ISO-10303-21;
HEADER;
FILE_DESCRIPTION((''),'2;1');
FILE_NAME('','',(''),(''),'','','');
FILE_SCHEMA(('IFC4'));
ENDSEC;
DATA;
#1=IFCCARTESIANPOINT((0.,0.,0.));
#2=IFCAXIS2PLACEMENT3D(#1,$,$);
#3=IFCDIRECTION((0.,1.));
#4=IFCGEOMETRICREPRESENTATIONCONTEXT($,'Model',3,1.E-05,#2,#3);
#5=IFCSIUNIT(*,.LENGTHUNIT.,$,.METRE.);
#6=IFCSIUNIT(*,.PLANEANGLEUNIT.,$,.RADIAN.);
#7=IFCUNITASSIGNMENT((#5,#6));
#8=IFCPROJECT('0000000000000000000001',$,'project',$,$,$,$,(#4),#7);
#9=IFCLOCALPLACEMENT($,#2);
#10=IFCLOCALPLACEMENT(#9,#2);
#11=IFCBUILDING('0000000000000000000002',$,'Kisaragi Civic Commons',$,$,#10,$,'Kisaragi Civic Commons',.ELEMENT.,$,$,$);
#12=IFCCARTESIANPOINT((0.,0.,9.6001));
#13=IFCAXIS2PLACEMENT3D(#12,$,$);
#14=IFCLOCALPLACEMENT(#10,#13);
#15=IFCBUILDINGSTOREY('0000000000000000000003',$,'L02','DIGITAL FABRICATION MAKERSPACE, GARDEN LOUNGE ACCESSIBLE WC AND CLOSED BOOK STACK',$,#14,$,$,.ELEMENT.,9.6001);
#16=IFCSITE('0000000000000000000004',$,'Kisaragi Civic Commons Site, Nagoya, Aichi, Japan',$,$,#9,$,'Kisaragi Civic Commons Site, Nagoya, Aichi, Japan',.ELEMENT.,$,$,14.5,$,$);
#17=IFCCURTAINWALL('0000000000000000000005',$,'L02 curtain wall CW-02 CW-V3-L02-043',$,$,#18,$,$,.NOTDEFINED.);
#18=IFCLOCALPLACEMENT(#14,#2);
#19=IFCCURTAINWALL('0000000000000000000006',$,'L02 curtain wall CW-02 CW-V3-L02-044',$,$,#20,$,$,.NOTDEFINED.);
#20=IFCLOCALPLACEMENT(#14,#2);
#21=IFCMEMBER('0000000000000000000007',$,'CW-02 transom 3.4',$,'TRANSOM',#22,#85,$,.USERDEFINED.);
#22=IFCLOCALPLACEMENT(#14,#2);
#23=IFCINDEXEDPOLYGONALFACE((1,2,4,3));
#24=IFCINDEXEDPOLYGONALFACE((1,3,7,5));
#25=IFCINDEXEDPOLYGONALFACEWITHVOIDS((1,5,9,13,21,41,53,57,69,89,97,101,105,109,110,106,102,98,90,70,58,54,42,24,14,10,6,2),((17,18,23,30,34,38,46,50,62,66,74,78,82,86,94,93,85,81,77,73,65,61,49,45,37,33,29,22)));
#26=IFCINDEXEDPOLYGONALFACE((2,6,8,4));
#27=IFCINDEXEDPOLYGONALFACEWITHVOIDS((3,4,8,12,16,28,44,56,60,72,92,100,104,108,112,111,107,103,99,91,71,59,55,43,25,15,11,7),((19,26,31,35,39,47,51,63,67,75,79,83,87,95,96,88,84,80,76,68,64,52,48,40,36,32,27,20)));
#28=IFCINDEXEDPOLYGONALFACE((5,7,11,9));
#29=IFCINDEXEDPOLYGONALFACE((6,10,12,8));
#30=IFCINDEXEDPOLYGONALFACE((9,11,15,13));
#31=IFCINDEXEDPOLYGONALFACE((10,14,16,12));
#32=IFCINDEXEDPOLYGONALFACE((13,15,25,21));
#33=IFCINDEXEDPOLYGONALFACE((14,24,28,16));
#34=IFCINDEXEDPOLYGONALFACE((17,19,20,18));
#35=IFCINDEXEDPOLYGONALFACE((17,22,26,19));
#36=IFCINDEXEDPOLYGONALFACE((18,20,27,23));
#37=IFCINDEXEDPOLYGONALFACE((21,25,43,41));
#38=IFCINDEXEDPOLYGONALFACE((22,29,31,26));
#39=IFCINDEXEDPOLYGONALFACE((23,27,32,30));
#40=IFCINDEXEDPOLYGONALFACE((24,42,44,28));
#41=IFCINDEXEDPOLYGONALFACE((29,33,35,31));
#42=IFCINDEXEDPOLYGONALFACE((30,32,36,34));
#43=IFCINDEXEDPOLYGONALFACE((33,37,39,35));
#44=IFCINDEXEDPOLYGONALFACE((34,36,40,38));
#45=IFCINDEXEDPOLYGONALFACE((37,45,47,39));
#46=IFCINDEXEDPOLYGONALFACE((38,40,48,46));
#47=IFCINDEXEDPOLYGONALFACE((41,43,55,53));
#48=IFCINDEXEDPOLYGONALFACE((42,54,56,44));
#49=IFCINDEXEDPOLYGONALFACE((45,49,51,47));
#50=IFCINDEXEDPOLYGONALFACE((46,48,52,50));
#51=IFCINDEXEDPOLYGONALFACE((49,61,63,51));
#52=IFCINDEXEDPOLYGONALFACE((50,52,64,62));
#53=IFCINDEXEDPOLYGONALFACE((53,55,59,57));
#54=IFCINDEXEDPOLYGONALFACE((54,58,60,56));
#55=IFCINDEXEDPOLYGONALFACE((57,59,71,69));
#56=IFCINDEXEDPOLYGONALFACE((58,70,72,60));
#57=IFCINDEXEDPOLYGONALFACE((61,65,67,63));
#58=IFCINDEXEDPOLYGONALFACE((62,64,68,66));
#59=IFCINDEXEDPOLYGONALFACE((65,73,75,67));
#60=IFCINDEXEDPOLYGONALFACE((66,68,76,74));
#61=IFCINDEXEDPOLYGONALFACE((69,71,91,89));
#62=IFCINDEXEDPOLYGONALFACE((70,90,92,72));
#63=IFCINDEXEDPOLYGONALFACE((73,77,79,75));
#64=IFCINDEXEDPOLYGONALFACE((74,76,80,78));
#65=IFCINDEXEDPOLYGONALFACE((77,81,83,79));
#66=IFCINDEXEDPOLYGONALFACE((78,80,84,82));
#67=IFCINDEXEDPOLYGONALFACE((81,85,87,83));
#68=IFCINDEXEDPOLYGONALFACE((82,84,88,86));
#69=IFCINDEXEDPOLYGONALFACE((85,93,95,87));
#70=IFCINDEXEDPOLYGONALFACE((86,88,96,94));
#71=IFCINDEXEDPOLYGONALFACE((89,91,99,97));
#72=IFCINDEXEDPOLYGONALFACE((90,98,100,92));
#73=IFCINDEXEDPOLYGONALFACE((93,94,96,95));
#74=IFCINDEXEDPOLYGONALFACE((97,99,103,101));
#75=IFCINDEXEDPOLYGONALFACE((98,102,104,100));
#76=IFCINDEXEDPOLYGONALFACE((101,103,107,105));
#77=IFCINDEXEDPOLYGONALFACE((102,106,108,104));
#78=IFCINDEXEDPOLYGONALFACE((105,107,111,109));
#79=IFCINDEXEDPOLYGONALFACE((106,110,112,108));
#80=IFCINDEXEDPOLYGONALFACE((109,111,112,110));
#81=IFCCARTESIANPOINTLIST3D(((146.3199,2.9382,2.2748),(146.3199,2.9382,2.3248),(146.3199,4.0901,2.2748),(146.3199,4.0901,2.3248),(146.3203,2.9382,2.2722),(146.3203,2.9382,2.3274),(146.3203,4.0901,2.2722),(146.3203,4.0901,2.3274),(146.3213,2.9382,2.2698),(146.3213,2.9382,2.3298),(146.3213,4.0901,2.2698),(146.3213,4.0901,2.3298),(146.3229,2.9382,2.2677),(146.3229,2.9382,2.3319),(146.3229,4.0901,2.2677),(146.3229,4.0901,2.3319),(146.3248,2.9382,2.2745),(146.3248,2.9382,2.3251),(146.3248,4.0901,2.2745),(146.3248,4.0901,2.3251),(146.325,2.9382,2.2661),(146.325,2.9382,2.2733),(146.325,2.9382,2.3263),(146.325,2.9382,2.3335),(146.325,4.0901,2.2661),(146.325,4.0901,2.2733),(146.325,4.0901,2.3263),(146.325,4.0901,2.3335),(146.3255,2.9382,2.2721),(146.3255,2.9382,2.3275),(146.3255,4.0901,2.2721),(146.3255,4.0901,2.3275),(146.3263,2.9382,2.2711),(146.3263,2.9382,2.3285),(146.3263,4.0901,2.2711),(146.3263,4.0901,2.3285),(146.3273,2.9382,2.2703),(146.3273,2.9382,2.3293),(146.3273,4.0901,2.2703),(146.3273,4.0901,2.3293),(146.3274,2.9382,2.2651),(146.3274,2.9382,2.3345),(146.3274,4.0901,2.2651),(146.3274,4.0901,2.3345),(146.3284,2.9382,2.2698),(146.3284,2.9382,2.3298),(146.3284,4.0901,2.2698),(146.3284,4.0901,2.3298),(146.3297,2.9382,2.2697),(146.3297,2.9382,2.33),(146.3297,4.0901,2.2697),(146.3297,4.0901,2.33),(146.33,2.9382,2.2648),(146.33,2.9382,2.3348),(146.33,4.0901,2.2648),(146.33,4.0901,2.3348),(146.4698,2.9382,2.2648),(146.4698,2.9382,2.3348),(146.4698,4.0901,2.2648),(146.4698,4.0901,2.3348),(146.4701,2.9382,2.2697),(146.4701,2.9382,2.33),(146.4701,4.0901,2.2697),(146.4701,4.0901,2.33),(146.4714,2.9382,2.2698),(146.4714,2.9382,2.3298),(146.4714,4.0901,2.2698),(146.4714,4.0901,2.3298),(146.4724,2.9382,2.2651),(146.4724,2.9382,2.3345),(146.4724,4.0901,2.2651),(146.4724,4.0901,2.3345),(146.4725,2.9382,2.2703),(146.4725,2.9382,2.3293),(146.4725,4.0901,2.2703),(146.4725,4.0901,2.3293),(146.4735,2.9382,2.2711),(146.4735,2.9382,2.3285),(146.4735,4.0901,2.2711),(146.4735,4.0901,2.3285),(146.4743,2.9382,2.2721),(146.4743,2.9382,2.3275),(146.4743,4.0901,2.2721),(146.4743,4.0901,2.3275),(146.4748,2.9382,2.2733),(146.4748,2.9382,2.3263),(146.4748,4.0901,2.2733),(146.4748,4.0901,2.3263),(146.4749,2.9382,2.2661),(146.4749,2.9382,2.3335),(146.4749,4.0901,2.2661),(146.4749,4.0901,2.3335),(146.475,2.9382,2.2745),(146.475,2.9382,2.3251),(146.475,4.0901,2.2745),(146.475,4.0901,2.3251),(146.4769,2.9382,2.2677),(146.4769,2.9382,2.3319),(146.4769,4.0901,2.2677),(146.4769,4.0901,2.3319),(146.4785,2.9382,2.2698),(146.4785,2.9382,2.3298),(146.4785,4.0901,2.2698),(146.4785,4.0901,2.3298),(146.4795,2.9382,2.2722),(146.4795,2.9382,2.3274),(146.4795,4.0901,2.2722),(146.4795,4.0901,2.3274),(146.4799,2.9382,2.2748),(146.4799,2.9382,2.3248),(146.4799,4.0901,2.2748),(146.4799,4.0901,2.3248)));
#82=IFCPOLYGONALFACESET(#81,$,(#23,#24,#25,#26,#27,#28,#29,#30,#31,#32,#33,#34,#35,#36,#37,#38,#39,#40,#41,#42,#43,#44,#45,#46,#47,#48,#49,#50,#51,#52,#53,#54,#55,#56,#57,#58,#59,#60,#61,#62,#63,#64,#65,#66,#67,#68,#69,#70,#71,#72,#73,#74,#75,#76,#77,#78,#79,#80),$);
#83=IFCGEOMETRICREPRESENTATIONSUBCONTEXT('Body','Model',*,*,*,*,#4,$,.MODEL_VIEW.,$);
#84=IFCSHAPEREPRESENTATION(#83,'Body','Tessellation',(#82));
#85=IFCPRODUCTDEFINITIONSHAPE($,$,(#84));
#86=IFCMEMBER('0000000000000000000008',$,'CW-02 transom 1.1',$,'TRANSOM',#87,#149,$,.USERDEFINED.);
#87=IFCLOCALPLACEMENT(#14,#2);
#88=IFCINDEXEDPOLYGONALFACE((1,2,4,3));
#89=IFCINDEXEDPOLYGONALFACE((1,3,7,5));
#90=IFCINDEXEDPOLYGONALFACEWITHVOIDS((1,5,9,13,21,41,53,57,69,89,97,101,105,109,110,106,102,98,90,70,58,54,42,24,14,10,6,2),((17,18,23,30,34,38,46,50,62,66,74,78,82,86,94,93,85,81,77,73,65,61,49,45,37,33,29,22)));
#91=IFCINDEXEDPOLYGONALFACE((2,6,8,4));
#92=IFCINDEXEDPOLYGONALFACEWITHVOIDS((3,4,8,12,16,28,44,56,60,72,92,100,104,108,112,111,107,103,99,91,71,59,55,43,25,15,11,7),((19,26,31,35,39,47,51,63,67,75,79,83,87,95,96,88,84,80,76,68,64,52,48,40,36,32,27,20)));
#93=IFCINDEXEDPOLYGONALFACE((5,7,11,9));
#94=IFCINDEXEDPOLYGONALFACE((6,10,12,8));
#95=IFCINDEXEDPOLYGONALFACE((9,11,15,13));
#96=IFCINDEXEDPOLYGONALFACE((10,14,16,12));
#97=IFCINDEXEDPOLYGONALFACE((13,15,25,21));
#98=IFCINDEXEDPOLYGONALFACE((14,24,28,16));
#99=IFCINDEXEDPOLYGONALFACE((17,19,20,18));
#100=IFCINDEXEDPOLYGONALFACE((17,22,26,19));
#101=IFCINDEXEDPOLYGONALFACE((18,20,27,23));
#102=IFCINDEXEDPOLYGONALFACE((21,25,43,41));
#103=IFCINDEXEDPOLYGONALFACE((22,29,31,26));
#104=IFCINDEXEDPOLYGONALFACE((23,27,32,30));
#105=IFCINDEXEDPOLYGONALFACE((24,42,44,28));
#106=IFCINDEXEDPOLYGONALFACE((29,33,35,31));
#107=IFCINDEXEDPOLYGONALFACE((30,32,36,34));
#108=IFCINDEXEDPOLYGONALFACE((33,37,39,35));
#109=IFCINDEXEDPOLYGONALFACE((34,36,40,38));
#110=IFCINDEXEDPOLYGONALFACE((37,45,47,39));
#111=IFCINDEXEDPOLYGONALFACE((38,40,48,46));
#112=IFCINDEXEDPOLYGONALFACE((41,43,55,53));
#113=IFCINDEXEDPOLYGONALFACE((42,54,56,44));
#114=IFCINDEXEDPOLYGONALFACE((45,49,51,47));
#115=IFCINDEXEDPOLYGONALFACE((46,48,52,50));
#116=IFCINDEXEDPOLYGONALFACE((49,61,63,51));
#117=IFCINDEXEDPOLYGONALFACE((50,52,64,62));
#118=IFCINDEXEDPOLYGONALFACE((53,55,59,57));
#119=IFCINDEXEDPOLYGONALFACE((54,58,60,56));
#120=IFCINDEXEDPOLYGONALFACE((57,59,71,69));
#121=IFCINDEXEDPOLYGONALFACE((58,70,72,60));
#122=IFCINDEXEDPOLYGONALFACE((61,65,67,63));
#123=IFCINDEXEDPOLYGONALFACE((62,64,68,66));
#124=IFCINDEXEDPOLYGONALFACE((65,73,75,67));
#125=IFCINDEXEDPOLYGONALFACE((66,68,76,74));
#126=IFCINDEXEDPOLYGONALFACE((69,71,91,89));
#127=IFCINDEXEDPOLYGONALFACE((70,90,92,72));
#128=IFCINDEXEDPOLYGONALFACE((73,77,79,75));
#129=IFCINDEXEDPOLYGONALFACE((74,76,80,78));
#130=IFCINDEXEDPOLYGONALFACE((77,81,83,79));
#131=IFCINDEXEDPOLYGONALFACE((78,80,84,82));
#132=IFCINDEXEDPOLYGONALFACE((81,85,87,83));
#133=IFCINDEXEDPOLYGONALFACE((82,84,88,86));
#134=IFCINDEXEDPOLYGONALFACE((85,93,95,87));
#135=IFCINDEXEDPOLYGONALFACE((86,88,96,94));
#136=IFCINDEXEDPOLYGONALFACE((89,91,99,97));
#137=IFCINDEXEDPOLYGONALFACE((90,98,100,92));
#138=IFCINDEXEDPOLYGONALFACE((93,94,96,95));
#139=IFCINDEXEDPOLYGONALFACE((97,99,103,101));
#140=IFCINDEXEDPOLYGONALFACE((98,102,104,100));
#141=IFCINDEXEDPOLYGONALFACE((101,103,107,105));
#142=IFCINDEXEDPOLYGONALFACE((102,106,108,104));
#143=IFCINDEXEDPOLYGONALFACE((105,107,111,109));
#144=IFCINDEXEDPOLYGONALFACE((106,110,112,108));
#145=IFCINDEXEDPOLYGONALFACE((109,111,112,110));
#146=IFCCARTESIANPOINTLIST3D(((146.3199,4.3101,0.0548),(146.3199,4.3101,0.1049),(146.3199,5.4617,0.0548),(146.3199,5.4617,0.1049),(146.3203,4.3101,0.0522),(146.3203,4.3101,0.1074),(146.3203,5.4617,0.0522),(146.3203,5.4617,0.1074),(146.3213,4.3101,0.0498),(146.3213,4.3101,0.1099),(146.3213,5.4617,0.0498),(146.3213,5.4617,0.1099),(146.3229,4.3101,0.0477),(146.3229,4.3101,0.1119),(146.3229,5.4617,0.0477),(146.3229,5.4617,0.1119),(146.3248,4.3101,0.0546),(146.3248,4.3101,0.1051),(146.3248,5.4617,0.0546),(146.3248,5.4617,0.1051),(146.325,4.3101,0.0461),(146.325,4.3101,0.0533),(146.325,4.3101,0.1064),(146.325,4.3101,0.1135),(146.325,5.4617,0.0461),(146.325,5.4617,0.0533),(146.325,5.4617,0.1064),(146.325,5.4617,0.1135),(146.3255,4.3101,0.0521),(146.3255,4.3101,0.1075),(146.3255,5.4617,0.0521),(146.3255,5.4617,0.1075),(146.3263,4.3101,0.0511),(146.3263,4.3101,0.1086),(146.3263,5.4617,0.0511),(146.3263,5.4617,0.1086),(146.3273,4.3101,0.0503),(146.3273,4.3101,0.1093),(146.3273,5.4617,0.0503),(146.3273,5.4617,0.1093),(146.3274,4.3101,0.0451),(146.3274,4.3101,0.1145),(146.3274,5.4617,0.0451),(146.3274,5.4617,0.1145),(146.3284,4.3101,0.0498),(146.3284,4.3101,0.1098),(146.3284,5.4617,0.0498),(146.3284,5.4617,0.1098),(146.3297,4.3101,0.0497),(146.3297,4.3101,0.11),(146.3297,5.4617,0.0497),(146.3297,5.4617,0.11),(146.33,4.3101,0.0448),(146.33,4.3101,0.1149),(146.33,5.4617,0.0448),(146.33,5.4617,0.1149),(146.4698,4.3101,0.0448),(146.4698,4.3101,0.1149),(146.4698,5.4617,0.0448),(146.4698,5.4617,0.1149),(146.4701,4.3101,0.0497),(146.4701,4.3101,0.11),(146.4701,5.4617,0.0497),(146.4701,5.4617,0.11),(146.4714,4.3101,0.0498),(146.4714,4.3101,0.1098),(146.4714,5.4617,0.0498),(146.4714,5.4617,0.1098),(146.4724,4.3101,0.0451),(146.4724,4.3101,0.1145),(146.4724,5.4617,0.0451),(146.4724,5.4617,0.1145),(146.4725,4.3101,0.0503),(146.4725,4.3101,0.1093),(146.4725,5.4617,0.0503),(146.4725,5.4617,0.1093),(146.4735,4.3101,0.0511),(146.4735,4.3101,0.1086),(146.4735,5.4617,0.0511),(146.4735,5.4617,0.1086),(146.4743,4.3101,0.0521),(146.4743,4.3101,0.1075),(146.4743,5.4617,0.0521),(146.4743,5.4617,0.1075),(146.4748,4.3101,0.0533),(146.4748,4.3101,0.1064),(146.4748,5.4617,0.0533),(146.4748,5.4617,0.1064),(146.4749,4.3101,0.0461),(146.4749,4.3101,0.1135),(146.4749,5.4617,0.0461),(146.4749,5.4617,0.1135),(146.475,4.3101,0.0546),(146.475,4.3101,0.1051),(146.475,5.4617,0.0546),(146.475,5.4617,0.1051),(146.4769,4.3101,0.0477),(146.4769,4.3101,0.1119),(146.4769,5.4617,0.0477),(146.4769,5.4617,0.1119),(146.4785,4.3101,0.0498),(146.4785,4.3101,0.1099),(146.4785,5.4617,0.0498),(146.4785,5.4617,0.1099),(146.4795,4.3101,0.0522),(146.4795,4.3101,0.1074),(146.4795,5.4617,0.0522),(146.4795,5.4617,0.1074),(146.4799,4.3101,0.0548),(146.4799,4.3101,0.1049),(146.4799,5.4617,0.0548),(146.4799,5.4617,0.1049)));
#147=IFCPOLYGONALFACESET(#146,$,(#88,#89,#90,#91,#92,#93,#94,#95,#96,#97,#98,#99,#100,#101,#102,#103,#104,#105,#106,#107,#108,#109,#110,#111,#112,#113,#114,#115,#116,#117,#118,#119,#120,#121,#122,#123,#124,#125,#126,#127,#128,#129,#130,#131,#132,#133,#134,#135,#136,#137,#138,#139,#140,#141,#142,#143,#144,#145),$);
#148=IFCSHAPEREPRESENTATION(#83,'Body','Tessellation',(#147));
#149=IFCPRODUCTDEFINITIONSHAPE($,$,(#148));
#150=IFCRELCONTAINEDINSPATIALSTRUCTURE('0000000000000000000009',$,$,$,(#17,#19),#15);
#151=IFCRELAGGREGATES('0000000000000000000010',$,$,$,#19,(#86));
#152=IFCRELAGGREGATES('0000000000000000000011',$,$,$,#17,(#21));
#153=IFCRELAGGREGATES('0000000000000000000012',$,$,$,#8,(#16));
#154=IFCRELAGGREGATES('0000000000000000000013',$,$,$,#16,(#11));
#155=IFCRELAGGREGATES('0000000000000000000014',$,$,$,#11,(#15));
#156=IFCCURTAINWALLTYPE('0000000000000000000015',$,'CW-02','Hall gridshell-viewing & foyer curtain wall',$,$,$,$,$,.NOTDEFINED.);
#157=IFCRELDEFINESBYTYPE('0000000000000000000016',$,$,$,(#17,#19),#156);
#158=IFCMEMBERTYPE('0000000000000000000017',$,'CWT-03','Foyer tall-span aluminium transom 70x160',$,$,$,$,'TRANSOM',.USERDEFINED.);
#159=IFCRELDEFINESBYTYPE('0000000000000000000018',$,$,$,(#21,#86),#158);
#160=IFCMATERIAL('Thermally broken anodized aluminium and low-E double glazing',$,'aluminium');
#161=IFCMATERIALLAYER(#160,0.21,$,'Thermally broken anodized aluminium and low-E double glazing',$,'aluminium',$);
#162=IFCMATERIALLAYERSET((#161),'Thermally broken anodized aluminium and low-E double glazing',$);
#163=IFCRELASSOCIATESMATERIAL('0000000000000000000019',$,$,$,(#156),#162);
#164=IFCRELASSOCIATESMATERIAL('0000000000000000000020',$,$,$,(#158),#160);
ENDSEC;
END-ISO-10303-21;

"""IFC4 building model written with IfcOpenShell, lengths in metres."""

from ifc_helpers import new_model, si_unit, direction, frame, origin, origin_2d, place, context, subcontext, project, spatial, hollow_rectangle, extrude, material, layer, layer_set, material_profile, profile_set, type_object, element, aggregate, save


model = new_model("IFC4")

# Units and contexts
model_context = context("Model", 3, precision=1e-05, world=origin(), true_north=direction((0.0, 1.0)))
body_context = subcontext(model_context, "Body", "Model", "MODEL_VIEW")
ifc_project = project(units=[si_unit("LENGTHUNIT", "METRE"), si_unit("PLANEANGLEUNIT", "RADIAN")], contexts=[model_context])

# Site, building, storey
site_placement = place(None, origin())
site = spatial("IfcSite", under=ifc_project, at=site_placement, Name="Kisaragi Civic Commons Site, Nagoya, Aichi, Japan", LongName="Kisaragi Civic Commons Site, Nagoya, Aichi, Japan", CompositionType="ELEMENT", RefElevation=14.5)
building_placement = place(site_placement, origin())
building = spatial("IfcBuilding", under=site, at=building_placement, Name="Kisaragi Civic Commons", LongName="Kisaragi Civic Commons", CompositionType="ELEMENT")
storey_placement = place(building_placement, frame((0.0, 0.0, 9.6001)))
storey = spatial("IfcBuildingStorey", under=building, at=storey_placement, Name="L02", Description="DIGITAL FABRICATION MAKERSPACE, GARDEN LOUNGE ACCESSIBLE WC AND CLOSED BOOK STACK", CompositionType="ELEMENT", Elevation=9.6001)

# Curtain wall
ifc_material_1 = material(Name="Thermally broken anodized aluminium and low-E double glazing", Category="aluminium")
ifc_layer_1 = layer(ifc_material_1, 0.21, Name="Thermally broken anodized aluminium and low-E double glazing", Category="aluminium")
ifc_layer_set_1 = layer_set([ifc_layer_1], Name="Thermally broken anodized aluminium and low-E double glazing")
curtain_wall_type = type_object("IfcCurtainWallType", Name="CW-02", Description="Hall gridshell-viewing & foyer curtain wall", PredefinedType="NOTDEFINED", material=ifc_layer_set_1)
curtain_wall_1_placement = place(storey_placement, origin())
curtain_wall_1 = element("IfcCurtainWall", 1, at=curtain_wall_1_placement, inside=storey, type_object=curtain_wall_type, Name="L02 curtain wall CW-02 CW-V3-L02-043", PredefinedType="NOTDEFINED")

# Curtain wall
curtain_wall_2_placement = place(storey_placement, origin())
curtain_wall_2 = element("IfcCurtainWall", 2, at=curtain_wall_2_placement, inside=storey, type_object=curtain_wall_type, Name="L02 curtain wall CW-02 CW-V3-L02-044", PredefinedType="NOTDEFINED")

# Members
ifc_material_profile_1 = material_profile(ifc_material_1, hollow_rectangle(XDim=0.1599, YDim=0.0701, WallThickness=0.0049, InnerFilletRadius=0.0049, OuterFilletRadius=0.01, at=origin_2d()), Name="CWT-70x160x5", Category="aluminium")
ifc_profile_set_1 = profile_set([ifc_material_profile_1], Name="Thermally broken anodized aluminium and low-E double glazing")
member_type_1 = type_object("IfcMemberType", Name="CWT-03", Description="Foyer tall-span aluminium transom 70x160", ElementType="TRANSOM", PredefinedType="USERDEFINED", material=ifc_profile_set_1)
member_1_placement = place(storey_placement, frame((146.3999, 2.9382, 2.2998), z_axis=(0.0, 1.0, 0.0), x_axis=(-1.0, 0.0, 0.0)))
member_1 = element("IfcMember", 3, at=member_1_placement, type_object=member_type_1, Name="CW-02 transom 3.4", ObjectType="TRANSOM", PredefinedType="USERDEFINED", context=body_context, shape_type="SweptSolid", body=[
    extrude(hollow_rectangle(XDim=0.1599, YDim=0.0701, WallThickness=0.0049, InnerFilletRadius=0.0049, OuterFilletRadius=0.01, at=origin_2d()), origin(), (0.0, 0.0, 1.0), 1.1519),
])
member_2_placement = place(storey_placement, frame((146.3999, 4.3101, 0.0798), z_axis=(0.0, 1.0, 0.0), x_axis=(-1.0, 0.0, 0.0)))
member_2 = element("IfcMember", 4, at=member_2_placement, type_object=member_type_1, Name="CW-02 transom 1.1", ObjectType="TRANSOM", PredefinedType="USERDEFINED", context=body_context, shape_type="SweptSolid", body=[
    extrude(hollow_rectangle(XDim=0.1599, YDim=0.0701, WallThickness=0.0049, InnerFilletRadius=0.0049, OuterFilletRadius=0.01, at=origin_2d()), origin(), (0.0, 0.0, 1.0), 1.1516),
])
aggregate(curtain_wall_2, [member_2])

aggregate(curtain_wall_1, [member_1])

save(model, "model.ifc")
